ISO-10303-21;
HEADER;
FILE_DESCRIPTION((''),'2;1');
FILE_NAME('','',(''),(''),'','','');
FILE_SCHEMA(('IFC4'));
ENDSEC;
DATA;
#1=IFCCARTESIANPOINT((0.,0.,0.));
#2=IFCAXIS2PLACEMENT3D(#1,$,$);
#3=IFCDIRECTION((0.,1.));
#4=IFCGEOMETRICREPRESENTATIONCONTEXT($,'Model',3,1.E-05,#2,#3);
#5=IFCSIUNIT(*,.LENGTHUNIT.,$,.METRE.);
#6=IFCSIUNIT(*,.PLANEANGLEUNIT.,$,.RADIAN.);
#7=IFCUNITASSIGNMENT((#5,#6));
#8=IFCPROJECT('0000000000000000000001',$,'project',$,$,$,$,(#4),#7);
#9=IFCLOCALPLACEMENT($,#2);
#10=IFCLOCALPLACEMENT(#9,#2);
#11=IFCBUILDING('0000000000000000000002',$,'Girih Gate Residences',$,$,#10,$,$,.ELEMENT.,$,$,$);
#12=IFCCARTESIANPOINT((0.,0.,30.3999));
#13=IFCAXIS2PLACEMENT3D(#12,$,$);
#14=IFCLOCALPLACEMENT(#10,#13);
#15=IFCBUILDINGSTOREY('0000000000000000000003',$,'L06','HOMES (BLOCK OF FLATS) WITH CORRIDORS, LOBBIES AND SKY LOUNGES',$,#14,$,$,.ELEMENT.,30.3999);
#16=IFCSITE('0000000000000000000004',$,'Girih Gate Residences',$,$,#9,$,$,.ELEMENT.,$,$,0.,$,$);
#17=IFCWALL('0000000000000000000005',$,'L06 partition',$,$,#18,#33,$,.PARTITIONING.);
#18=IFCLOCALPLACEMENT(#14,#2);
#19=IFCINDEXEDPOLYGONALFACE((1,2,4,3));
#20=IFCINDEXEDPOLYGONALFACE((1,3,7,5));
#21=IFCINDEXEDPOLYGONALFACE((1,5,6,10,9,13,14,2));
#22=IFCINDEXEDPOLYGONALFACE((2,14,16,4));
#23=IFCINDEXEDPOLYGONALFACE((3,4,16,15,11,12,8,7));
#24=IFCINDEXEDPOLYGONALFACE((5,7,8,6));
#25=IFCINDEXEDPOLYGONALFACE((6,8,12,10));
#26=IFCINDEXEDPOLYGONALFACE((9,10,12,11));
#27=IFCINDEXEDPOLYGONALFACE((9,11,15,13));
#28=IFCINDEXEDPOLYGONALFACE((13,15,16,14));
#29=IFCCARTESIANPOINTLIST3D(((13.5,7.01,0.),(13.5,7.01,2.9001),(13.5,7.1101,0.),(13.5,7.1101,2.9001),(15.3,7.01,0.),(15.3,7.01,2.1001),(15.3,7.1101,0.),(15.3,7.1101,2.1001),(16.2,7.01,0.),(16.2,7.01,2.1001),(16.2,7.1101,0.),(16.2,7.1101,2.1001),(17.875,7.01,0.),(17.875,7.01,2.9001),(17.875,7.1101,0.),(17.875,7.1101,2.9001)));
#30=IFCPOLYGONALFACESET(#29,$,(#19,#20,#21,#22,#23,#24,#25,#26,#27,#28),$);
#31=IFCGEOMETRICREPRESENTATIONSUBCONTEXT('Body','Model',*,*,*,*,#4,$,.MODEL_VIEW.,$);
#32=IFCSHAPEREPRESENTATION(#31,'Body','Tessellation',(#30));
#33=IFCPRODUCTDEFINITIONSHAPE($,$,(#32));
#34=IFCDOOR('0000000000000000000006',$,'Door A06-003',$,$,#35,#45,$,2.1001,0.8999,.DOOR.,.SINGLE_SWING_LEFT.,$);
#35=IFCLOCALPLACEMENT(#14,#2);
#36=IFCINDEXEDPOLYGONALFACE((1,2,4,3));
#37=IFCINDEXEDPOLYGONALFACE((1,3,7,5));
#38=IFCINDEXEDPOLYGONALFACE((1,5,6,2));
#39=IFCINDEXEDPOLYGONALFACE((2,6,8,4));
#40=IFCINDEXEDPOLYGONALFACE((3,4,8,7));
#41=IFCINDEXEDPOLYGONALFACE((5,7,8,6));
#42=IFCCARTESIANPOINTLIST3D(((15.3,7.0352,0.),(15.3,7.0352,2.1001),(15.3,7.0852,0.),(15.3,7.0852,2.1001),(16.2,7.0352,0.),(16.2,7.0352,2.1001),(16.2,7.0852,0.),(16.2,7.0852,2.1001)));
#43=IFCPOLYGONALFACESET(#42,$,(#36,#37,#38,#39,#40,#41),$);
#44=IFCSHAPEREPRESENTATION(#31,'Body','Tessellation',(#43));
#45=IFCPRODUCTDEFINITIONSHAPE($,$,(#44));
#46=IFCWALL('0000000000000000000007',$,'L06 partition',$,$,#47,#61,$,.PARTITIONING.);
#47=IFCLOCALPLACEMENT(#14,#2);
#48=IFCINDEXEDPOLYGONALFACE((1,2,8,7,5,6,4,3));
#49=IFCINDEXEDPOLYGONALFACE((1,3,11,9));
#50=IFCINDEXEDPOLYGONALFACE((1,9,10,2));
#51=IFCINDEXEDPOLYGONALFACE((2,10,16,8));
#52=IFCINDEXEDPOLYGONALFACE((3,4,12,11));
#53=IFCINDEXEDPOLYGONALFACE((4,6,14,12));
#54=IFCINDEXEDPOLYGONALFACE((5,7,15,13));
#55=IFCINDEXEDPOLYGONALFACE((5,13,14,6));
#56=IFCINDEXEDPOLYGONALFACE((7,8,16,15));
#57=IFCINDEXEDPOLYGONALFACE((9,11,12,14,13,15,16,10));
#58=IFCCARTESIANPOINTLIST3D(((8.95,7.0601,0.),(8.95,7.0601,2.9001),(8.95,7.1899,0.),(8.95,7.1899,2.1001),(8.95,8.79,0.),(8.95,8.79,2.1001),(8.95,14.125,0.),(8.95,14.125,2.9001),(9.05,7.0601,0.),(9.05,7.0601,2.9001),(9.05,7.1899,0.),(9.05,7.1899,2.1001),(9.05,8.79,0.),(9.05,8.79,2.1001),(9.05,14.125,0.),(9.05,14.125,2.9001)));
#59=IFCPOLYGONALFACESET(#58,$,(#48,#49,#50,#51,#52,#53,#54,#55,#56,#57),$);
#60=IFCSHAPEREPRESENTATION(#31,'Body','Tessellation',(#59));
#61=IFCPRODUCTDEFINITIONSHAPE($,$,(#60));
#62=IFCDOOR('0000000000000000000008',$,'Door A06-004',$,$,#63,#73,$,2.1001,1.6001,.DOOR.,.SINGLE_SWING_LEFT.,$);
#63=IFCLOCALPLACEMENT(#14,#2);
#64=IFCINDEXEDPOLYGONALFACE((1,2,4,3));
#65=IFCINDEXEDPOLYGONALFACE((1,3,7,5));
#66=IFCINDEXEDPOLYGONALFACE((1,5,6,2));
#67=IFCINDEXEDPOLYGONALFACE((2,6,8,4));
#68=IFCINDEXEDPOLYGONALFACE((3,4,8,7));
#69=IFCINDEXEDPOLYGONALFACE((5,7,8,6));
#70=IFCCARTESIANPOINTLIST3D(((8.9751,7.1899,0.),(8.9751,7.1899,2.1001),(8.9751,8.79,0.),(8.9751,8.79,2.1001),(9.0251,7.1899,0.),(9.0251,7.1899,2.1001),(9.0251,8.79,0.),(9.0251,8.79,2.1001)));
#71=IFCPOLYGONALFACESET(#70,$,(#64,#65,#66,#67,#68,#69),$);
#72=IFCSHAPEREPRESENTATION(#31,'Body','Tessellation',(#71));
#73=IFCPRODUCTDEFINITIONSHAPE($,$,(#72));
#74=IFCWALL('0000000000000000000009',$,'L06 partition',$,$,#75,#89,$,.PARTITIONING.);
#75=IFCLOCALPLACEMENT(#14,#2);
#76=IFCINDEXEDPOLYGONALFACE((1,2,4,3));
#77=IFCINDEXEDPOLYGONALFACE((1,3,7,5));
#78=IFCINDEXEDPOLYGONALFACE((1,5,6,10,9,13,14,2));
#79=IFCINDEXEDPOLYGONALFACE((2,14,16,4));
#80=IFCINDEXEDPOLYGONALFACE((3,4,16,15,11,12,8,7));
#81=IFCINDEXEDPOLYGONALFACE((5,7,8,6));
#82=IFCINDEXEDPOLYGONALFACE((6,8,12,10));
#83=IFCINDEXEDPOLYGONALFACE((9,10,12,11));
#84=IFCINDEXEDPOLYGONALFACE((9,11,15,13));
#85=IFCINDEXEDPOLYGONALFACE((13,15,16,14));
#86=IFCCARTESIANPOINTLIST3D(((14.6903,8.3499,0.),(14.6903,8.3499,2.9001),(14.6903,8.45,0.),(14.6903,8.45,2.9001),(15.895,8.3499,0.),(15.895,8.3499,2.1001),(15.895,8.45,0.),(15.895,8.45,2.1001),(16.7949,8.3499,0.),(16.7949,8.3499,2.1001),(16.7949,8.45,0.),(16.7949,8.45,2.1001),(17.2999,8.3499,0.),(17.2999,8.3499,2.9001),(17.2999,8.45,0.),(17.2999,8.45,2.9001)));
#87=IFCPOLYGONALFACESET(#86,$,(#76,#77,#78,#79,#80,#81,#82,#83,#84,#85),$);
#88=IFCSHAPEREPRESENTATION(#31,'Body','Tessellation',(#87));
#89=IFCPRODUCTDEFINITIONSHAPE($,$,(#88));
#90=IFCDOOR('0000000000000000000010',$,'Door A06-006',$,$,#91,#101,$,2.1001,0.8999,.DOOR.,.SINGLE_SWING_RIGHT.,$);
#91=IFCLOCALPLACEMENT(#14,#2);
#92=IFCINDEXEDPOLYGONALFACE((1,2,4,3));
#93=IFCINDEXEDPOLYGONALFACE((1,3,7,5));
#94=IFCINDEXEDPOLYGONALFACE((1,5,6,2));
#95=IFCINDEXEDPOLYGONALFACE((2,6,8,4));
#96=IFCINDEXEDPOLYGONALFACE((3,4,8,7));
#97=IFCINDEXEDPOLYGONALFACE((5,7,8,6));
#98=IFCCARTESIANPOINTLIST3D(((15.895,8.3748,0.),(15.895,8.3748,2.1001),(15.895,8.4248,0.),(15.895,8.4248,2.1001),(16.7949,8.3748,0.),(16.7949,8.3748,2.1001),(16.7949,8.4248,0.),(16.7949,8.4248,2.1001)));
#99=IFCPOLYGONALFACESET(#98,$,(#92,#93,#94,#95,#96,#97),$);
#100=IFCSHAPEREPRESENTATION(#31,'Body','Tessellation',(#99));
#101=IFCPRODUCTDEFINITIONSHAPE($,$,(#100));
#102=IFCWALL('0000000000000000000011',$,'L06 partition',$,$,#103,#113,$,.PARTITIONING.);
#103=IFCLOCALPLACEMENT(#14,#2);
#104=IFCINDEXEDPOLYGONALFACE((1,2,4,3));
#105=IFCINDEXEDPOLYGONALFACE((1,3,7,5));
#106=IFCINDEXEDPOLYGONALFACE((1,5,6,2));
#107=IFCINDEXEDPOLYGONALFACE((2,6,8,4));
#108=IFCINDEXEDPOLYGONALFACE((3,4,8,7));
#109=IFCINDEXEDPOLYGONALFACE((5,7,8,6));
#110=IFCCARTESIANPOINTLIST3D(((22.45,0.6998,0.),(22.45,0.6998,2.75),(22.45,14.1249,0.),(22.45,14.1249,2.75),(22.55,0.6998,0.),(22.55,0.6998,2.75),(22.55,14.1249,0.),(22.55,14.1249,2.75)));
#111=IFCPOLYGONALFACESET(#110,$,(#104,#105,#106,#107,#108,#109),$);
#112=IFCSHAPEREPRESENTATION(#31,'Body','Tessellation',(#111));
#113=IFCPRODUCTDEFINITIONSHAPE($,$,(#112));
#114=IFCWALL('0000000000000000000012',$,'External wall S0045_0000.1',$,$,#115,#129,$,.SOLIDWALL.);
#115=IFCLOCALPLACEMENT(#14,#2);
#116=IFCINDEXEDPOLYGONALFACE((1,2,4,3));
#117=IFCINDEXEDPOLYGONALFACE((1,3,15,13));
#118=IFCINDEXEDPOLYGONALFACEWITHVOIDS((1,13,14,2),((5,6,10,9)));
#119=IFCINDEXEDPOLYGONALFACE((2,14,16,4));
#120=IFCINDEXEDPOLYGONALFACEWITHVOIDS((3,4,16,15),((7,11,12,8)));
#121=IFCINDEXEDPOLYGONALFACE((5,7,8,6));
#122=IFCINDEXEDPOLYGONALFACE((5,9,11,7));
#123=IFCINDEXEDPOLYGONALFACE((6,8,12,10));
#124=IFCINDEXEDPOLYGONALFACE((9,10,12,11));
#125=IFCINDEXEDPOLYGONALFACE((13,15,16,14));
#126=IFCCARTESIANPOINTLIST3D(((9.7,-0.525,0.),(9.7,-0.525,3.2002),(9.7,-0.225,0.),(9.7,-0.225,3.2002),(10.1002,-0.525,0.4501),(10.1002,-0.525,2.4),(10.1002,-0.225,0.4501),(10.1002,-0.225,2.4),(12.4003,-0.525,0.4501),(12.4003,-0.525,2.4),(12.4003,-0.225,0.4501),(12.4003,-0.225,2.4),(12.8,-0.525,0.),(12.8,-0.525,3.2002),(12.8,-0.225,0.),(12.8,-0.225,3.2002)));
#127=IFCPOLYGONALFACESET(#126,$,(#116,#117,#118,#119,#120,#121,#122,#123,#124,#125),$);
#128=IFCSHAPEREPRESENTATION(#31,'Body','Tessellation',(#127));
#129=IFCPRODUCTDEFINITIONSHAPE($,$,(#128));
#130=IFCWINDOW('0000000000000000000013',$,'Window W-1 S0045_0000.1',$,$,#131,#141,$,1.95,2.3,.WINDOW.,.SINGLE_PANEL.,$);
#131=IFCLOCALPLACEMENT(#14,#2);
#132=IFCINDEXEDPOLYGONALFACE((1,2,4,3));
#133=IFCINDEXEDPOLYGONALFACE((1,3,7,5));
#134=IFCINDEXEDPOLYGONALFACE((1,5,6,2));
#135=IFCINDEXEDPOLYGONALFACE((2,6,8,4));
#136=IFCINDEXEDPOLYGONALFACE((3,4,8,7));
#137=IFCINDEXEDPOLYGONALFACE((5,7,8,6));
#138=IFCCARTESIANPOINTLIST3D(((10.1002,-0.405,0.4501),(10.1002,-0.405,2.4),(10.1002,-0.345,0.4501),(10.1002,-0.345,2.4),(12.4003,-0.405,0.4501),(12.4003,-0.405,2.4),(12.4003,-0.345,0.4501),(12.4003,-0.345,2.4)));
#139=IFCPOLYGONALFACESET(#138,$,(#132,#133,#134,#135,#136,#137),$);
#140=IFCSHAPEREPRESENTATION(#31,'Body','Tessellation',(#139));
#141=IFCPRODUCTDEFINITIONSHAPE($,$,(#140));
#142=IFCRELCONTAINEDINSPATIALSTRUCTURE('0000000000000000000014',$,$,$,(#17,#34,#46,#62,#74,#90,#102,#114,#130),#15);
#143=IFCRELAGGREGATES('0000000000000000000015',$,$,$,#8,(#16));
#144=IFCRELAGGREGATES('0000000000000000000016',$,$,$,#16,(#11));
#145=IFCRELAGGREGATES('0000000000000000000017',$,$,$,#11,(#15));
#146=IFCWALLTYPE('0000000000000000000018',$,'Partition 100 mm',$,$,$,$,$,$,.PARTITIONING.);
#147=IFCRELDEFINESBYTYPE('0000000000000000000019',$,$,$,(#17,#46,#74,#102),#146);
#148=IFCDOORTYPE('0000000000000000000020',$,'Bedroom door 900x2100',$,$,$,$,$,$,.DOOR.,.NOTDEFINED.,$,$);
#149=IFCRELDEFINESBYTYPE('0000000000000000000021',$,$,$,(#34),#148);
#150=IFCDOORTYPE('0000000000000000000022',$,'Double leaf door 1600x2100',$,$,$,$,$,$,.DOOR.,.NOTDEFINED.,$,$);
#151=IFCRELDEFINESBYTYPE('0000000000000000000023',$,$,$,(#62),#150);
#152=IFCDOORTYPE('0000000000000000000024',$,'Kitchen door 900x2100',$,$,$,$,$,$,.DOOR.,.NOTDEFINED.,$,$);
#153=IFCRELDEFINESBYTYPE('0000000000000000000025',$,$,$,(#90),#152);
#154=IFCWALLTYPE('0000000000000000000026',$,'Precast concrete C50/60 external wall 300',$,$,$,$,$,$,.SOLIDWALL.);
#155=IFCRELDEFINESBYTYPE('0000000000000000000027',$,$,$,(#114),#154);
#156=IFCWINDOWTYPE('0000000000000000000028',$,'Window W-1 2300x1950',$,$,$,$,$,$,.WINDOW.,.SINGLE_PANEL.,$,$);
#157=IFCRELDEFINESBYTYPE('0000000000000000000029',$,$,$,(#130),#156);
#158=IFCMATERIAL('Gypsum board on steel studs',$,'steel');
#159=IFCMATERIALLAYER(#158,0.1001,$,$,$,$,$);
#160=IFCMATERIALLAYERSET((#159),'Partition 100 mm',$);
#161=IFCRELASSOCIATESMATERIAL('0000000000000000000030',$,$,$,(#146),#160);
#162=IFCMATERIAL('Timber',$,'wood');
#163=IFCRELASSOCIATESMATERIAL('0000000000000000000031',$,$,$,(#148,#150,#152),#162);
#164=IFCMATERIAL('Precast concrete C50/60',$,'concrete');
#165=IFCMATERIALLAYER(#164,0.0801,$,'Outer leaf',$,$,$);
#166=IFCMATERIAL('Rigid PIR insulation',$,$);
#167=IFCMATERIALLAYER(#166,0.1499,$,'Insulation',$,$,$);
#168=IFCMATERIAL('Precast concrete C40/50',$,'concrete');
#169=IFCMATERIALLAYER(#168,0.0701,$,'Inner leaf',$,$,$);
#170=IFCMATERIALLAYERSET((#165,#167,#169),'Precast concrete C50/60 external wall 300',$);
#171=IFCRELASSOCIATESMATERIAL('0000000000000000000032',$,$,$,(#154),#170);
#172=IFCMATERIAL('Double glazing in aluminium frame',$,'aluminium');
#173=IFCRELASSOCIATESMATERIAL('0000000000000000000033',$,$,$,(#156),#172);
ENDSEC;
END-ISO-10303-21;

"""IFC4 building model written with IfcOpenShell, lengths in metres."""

from ifc_helpers import new_model, si_unit, direction, frame, frame_2d, origin, place, context, subcontext, project, spatial, rectangle, extrude, material, layer, layer_set, type_object, element, fill, save


model = new_model("IFC4")

# Units and contexts
model_context = context("Model", 3, precision=1e-05, world=origin(), true_north=direction((0.0, 1.0)))
body_context = subcontext(model_context, "Body", "Model", "MODEL_VIEW")
ifc_project = project(units=[si_unit("LENGTHUNIT", "METRE"), si_unit("PLANEANGLEUNIT", "RADIAN")], contexts=[model_context])

# Site, building, storey
site_placement = place(None, origin())
site = spatial("IfcSite", under=ifc_project, at=site_placement, Name="Girih Gate Residences", CompositionType="ELEMENT", RefElevation=0.0)
building_placement = place(site_placement, origin())
building = spatial("IfcBuilding", under=site, at=building_placement, Name="Girih Gate Residences", CompositionType="ELEMENT")
storey_placement = place(building_placement, frame((0.0, 0.0, 30.3999)))
storey = spatial("IfcBuildingStorey", under=building, at=storey_placement, Name="L06", Description="HOMES (BLOCK OF FLATS) WITH CORRIDORS, LOBBIES AND SKY LOUNGES", CompositionType="ELEMENT", Elevation=30.3999)

# Shared definitions
ifc_material_1 = material(Name="Gypsum board on steel studs", Category="steel")
ifc_layer_1 = layer(ifc_material_1, 0.1001)
ifc_layer_set_1 = layer_set([ifc_layer_1], Name="Partition 100 mm")
wall_type_1 = type_object("IfcWallType", Name="Partition 100 mm", PredefinedType="PARTITIONING", material=ifc_layer_set_1)

# Shared definitions
ifc_material_2 = material(Name="Timber", Category="wood")
door_type_1 = type_object("IfcDoorType", Name="Bedroom door 900x2100", OperationType="NOTDEFINED", PredefinedType="DOOR", material=ifc_material_2)

# Walls, openings, doors
wall_1_placement = place(storey_placement, frame((17.875, 7.0601, 0.0), z_axis=(0.0, 0.0, 1.0), x_axis=(-1.0, 0.0, 0.0)))
wall_1 = element("IfcWall", 1, at=wall_1_placement, inside=storey, type_object=wall_type_1, Name="L06 partition", PredefinedType="PARTITIONING", context=body_context, shape_type="SweptSolid", body=[
    extrude(rectangle(XDim=4.375, YDim=0.1001, at=frame_2d((2.1875, 0.0))), origin(), (0.0, 0.0, 1.0), 2.9001),
])
opening_1_placement = place(wall_1_placement, frame((1.675, 0.0, 0.0)))
opening_1 = element("IfcOpeningElement", 2, at=opening_1_placement, cuts=wall_1, PredefinedType="OPENING", context=body_context, shape_type="SweptSolid", body=[
    extrude(rectangle(XDim=0.8999, YDim=2.1001, at=frame_2d((0.45, 1.05))), frame((0.0, 0.0601, 0.0), z_axis=(0.0, -1.0, 0.0), x_axis=(1.0, 0.0, 0.0)), (0.0, 0.0, 1.0), 0.1201),
])
door_1_placement = place(opening_1_placement, origin())
door_1 = element("IfcDoor", 3, at=door_1_placement, inside=storey, type_object=door_type_1, Name="Door A06-003", OperationType="SINGLE_SWING_LEFT", OverallHeight=2.1001, OverallWidth=0.8999, PredefinedType="DOOR", context=body_context, shape_type="SweptSolid", body=[
    extrude(rectangle(XDim=0.8999, YDim=2.1001, at=frame_2d((0.45, 1.05))), frame((0.0, 0.0249, 0.0), z_axis=(0.0, -1.0, 0.0), x_axis=(1.0, 0.0, 0.0)), (0.0, 0.0, 1.0), 0.05),
])
fill(opening_1, door_1)
wall_2_placement = place(storey_placement, frame((9.0, 7.0601, 0.0), z_axis=(0.0, 0.0, 1.0), x_axis=(0.0, 1.0, 0.0)))
wall_2 = element("IfcWall", 4, at=wall_2_placement, inside=storey, type_object=wall_type_1, Name="L06 partition", PredefinedType="PARTITIONING", context=body_context, shape_type="SweptSolid", body=[
    extrude(rectangle(XDim=7.0649, YDim=0.1001, at=frame_2d((3.5325, 0.0))), origin(), (0.0, 0.0, 1.0), 2.9001),
])
opening_2_placement = place(wall_2_placement, frame((0.1299, 0.0, 0.0)))
opening_2 = element("IfcOpeningElement", 5, at=opening_2_placement, cuts=wall_2, PredefinedType="OPENING", context=body_context, shape_type="SweptSolid", body=[
    extrude(rectangle(XDim=1.6001, YDim=2.1001, at=frame_2d((0.8, 1.05))), frame((0.0, 0.0601, 0.0), z_axis=(0.0, -1.0, 0.0), x_axis=(1.0, 0.0, 0.0)), (0.0, 0.0, 1.0), 0.1201),
])
door_type_2 = type_object("IfcDoorType", Name="Double leaf door 1600x2100", OperationType="NOTDEFINED", PredefinedType="DOOR", material=ifc_material_2)
door_2_placement = place(opening_2_placement, origin())
door_2 = element("IfcDoor", 6, at=door_2_placement, inside=storey, type_object=door_type_2, Name="Door A06-004", OperationType="SINGLE_SWING_LEFT", OverallHeight=2.1001, OverallWidth=1.6001, PredefinedType="DOOR", context=body_context, shape_type="SweptSolid", body=[
    extrude(rectangle(XDim=1.6001, YDim=2.1001, at=frame_2d((0.8, 1.05))), frame((0.0, 0.0249, 0.0), z_axis=(0.0, -1.0, 0.0), x_axis=(1.0, 0.0, 0.0)), (0.0, 0.0, 1.0), 0.05),
])
fill(opening_2, door_2)
wall_3_placement = place(storey_placement, frame((14.6904, 8.3999, 0.0), z_axis=(0.0, 0.0, 1.0), x_axis=(1.0, 0.0, 0.0)))
wall_3 = element("IfcWall", 7, at=wall_3_placement, inside=storey, type_object=wall_type_1, Name="L06 partition", PredefinedType="PARTITIONING", context=body_context, shape_type="SweptSolid", body=[
    extrude(rectangle(XDim=2.6096, YDim=0.1001, at=frame_2d((1.3047, 0.0))), origin(), (0.0, 0.0, 1.0), 2.9001),
])
opening_3_placement = place(wall_3_placement, frame((1.2046, 0.0, 0.0)))
opening_3 = element("IfcOpeningElement", 8, at=opening_3_placement, cuts=wall_3, PredefinedType="OPENING", context=body_context, shape_type="SweptSolid", body=[
    extrude(rectangle(XDim=0.8999, YDim=2.1001, at=frame_2d((0.45, 1.05))), frame((0.0, 0.0601, 0.0), z_axis=(0.0, -1.0, 0.0), x_axis=(1.0, 0.0, 0.0)), (0.0, 0.0, 1.0), 0.1201),
])
door_type_3 = type_object("IfcDoorType", Name="Kitchen door 900x2100", OperationType="NOTDEFINED", PredefinedType="DOOR", material=ifc_material_2)
door_3_placement = place(opening_3_placement, origin())
door_3 = element("IfcDoor", 9, at=door_3_placement, inside=storey, type_object=door_type_3, Name="Door A06-006", OperationType="SINGLE_SWING_RIGHT", OverallHeight=2.1001, OverallWidth=0.8999, PredefinedType="DOOR", context=body_context, shape_type="SweptSolid", body=[
    extrude(rectangle(XDim=0.8999, YDim=2.1001, at=frame_2d((0.45, 1.05))), frame((0.0, 0.0249, 0.0), z_axis=(0.0, -1.0, 0.0), x_axis=(1.0, 0.0, 0.0)), (0.0, 0.0, 1.0), 0.05),
])
fill(opening_3, door_3)

# Wall
wall_4_placement = place(storey_placement, frame((22.5, 0.7, 0.0), z_axis=(0.0, 0.0, 1.0), x_axis=(0.0, 1.0, 0.0)))
element("IfcWall", 10, at=wall_4_placement, inside=storey, type_object=wall_type_1, Name="L06 partition", PredefinedType="PARTITIONING", context=body_context, shape_type="SweptSolid", body=[
    extrude(rectangle(XDim=13.425, YDim=0.1001, at=frame_2d((6.7124, 0.0))), origin(), (0.0, 0.0, 1.0), 2.75),
])

# Wall, opening, window
ifc_material_3 = material(Name="Precast concrete C50/60", Category="concrete")
ifc_layer_2 = layer(ifc_material_3, 0.0801, Name="Outer leaf")
ifc_material_4 = material(Name="Rigid PIR insulation")
ifc_layer_3 = layer(ifc_material_4, 0.1499, Name="Insulation")
ifc_material_5 = material(Name="Precast concrete C40/50", Category="concrete")
ifc_layer_4 = layer(ifc_material_5, 0.0701, Name="Inner leaf")
ifc_layer_set_2 = layer_set([ifc_layer_2, ifc_layer_3, ifc_layer_4], Name="Precast concrete C50/60 external wall 300")
wall_type_2 = type_object("IfcWallType", Name="Precast concrete C50/60 external wall 300", PredefinedType="SOLIDWALL", material=ifc_layer_set_2)
wall_5_placement = place(storey_placement, frame((12.8, -0.375, 0.0), z_axis=(0.0, 0.0, 1.0), x_axis=(-1.0, 0.0, 0.0)))
wall_5 = element("IfcWall", 11, at=wall_5_placement, inside=storey, type_object=wall_type_2, Name="External wall S0045_0000.1", PredefinedType="SOLIDWALL", context=body_context, shape_type="SweptSolid", body=[
    extrude(rectangle(XDim=3.1001, YDim=0.3, at=frame_2d((1.55, 0.0))), origin(), (0.0, 0.0, 1.0), 3.2002),
])
opening_4_placement = place(wall_5_placement, frame((0.3999, 0.0, 0.45)))
opening_4 = element("IfcOpeningElement", 12, at=opening_4_placement, cuts=wall_5, PredefinedType="OPENING", context=body_context, shape_type="SweptSolid", body=[
    extrude(rectangle(XDim=2.3, YDim=1.95, at=frame_2d((1.1499, 0.9751))), frame((0.0, 0.1599, 0.0), z_axis=(0.0, -1.0, 0.0), x_axis=(1.0, 0.0, 0.0)), (0.0, 0.0, 1.0), 0.3201),
])
ifc_material_6 = material(Name="Double glazing in aluminium frame", Category="aluminium")
window_type = type_object("IfcWindowType", Name="Window W-1 2300x1950", PartitioningType="SINGLE_PANEL", PredefinedType="WINDOW", material=ifc_material_6)
window_1_placement = place(opening_4_placement, origin())
window_1 = element("IfcWindow", 13, at=window_1_placement, inside=storey, type_object=window_type, Name="Window W-1 S0045_0000.1", OverallHeight=1.95, OverallWidth=2.3, PartitioningType="SINGLE_PANEL", PredefinedType="WINDOW", context=body_context, shape_type="SweptSolid", body=[
    extrude(rectangle(XDim=2.3, YDim=1.95, at=frame_2d((1.1499, 0.9751))), frame((0.0, 0.03, 0.0), z_axis=(0.0, -1.0, 0.0), x_axis=(1.0, 0.0, 0.0)), (0.0, 0.0, 1.0), 0.0601),
])
fill(opening_4, window_1)

save(model, "model.ifc")
